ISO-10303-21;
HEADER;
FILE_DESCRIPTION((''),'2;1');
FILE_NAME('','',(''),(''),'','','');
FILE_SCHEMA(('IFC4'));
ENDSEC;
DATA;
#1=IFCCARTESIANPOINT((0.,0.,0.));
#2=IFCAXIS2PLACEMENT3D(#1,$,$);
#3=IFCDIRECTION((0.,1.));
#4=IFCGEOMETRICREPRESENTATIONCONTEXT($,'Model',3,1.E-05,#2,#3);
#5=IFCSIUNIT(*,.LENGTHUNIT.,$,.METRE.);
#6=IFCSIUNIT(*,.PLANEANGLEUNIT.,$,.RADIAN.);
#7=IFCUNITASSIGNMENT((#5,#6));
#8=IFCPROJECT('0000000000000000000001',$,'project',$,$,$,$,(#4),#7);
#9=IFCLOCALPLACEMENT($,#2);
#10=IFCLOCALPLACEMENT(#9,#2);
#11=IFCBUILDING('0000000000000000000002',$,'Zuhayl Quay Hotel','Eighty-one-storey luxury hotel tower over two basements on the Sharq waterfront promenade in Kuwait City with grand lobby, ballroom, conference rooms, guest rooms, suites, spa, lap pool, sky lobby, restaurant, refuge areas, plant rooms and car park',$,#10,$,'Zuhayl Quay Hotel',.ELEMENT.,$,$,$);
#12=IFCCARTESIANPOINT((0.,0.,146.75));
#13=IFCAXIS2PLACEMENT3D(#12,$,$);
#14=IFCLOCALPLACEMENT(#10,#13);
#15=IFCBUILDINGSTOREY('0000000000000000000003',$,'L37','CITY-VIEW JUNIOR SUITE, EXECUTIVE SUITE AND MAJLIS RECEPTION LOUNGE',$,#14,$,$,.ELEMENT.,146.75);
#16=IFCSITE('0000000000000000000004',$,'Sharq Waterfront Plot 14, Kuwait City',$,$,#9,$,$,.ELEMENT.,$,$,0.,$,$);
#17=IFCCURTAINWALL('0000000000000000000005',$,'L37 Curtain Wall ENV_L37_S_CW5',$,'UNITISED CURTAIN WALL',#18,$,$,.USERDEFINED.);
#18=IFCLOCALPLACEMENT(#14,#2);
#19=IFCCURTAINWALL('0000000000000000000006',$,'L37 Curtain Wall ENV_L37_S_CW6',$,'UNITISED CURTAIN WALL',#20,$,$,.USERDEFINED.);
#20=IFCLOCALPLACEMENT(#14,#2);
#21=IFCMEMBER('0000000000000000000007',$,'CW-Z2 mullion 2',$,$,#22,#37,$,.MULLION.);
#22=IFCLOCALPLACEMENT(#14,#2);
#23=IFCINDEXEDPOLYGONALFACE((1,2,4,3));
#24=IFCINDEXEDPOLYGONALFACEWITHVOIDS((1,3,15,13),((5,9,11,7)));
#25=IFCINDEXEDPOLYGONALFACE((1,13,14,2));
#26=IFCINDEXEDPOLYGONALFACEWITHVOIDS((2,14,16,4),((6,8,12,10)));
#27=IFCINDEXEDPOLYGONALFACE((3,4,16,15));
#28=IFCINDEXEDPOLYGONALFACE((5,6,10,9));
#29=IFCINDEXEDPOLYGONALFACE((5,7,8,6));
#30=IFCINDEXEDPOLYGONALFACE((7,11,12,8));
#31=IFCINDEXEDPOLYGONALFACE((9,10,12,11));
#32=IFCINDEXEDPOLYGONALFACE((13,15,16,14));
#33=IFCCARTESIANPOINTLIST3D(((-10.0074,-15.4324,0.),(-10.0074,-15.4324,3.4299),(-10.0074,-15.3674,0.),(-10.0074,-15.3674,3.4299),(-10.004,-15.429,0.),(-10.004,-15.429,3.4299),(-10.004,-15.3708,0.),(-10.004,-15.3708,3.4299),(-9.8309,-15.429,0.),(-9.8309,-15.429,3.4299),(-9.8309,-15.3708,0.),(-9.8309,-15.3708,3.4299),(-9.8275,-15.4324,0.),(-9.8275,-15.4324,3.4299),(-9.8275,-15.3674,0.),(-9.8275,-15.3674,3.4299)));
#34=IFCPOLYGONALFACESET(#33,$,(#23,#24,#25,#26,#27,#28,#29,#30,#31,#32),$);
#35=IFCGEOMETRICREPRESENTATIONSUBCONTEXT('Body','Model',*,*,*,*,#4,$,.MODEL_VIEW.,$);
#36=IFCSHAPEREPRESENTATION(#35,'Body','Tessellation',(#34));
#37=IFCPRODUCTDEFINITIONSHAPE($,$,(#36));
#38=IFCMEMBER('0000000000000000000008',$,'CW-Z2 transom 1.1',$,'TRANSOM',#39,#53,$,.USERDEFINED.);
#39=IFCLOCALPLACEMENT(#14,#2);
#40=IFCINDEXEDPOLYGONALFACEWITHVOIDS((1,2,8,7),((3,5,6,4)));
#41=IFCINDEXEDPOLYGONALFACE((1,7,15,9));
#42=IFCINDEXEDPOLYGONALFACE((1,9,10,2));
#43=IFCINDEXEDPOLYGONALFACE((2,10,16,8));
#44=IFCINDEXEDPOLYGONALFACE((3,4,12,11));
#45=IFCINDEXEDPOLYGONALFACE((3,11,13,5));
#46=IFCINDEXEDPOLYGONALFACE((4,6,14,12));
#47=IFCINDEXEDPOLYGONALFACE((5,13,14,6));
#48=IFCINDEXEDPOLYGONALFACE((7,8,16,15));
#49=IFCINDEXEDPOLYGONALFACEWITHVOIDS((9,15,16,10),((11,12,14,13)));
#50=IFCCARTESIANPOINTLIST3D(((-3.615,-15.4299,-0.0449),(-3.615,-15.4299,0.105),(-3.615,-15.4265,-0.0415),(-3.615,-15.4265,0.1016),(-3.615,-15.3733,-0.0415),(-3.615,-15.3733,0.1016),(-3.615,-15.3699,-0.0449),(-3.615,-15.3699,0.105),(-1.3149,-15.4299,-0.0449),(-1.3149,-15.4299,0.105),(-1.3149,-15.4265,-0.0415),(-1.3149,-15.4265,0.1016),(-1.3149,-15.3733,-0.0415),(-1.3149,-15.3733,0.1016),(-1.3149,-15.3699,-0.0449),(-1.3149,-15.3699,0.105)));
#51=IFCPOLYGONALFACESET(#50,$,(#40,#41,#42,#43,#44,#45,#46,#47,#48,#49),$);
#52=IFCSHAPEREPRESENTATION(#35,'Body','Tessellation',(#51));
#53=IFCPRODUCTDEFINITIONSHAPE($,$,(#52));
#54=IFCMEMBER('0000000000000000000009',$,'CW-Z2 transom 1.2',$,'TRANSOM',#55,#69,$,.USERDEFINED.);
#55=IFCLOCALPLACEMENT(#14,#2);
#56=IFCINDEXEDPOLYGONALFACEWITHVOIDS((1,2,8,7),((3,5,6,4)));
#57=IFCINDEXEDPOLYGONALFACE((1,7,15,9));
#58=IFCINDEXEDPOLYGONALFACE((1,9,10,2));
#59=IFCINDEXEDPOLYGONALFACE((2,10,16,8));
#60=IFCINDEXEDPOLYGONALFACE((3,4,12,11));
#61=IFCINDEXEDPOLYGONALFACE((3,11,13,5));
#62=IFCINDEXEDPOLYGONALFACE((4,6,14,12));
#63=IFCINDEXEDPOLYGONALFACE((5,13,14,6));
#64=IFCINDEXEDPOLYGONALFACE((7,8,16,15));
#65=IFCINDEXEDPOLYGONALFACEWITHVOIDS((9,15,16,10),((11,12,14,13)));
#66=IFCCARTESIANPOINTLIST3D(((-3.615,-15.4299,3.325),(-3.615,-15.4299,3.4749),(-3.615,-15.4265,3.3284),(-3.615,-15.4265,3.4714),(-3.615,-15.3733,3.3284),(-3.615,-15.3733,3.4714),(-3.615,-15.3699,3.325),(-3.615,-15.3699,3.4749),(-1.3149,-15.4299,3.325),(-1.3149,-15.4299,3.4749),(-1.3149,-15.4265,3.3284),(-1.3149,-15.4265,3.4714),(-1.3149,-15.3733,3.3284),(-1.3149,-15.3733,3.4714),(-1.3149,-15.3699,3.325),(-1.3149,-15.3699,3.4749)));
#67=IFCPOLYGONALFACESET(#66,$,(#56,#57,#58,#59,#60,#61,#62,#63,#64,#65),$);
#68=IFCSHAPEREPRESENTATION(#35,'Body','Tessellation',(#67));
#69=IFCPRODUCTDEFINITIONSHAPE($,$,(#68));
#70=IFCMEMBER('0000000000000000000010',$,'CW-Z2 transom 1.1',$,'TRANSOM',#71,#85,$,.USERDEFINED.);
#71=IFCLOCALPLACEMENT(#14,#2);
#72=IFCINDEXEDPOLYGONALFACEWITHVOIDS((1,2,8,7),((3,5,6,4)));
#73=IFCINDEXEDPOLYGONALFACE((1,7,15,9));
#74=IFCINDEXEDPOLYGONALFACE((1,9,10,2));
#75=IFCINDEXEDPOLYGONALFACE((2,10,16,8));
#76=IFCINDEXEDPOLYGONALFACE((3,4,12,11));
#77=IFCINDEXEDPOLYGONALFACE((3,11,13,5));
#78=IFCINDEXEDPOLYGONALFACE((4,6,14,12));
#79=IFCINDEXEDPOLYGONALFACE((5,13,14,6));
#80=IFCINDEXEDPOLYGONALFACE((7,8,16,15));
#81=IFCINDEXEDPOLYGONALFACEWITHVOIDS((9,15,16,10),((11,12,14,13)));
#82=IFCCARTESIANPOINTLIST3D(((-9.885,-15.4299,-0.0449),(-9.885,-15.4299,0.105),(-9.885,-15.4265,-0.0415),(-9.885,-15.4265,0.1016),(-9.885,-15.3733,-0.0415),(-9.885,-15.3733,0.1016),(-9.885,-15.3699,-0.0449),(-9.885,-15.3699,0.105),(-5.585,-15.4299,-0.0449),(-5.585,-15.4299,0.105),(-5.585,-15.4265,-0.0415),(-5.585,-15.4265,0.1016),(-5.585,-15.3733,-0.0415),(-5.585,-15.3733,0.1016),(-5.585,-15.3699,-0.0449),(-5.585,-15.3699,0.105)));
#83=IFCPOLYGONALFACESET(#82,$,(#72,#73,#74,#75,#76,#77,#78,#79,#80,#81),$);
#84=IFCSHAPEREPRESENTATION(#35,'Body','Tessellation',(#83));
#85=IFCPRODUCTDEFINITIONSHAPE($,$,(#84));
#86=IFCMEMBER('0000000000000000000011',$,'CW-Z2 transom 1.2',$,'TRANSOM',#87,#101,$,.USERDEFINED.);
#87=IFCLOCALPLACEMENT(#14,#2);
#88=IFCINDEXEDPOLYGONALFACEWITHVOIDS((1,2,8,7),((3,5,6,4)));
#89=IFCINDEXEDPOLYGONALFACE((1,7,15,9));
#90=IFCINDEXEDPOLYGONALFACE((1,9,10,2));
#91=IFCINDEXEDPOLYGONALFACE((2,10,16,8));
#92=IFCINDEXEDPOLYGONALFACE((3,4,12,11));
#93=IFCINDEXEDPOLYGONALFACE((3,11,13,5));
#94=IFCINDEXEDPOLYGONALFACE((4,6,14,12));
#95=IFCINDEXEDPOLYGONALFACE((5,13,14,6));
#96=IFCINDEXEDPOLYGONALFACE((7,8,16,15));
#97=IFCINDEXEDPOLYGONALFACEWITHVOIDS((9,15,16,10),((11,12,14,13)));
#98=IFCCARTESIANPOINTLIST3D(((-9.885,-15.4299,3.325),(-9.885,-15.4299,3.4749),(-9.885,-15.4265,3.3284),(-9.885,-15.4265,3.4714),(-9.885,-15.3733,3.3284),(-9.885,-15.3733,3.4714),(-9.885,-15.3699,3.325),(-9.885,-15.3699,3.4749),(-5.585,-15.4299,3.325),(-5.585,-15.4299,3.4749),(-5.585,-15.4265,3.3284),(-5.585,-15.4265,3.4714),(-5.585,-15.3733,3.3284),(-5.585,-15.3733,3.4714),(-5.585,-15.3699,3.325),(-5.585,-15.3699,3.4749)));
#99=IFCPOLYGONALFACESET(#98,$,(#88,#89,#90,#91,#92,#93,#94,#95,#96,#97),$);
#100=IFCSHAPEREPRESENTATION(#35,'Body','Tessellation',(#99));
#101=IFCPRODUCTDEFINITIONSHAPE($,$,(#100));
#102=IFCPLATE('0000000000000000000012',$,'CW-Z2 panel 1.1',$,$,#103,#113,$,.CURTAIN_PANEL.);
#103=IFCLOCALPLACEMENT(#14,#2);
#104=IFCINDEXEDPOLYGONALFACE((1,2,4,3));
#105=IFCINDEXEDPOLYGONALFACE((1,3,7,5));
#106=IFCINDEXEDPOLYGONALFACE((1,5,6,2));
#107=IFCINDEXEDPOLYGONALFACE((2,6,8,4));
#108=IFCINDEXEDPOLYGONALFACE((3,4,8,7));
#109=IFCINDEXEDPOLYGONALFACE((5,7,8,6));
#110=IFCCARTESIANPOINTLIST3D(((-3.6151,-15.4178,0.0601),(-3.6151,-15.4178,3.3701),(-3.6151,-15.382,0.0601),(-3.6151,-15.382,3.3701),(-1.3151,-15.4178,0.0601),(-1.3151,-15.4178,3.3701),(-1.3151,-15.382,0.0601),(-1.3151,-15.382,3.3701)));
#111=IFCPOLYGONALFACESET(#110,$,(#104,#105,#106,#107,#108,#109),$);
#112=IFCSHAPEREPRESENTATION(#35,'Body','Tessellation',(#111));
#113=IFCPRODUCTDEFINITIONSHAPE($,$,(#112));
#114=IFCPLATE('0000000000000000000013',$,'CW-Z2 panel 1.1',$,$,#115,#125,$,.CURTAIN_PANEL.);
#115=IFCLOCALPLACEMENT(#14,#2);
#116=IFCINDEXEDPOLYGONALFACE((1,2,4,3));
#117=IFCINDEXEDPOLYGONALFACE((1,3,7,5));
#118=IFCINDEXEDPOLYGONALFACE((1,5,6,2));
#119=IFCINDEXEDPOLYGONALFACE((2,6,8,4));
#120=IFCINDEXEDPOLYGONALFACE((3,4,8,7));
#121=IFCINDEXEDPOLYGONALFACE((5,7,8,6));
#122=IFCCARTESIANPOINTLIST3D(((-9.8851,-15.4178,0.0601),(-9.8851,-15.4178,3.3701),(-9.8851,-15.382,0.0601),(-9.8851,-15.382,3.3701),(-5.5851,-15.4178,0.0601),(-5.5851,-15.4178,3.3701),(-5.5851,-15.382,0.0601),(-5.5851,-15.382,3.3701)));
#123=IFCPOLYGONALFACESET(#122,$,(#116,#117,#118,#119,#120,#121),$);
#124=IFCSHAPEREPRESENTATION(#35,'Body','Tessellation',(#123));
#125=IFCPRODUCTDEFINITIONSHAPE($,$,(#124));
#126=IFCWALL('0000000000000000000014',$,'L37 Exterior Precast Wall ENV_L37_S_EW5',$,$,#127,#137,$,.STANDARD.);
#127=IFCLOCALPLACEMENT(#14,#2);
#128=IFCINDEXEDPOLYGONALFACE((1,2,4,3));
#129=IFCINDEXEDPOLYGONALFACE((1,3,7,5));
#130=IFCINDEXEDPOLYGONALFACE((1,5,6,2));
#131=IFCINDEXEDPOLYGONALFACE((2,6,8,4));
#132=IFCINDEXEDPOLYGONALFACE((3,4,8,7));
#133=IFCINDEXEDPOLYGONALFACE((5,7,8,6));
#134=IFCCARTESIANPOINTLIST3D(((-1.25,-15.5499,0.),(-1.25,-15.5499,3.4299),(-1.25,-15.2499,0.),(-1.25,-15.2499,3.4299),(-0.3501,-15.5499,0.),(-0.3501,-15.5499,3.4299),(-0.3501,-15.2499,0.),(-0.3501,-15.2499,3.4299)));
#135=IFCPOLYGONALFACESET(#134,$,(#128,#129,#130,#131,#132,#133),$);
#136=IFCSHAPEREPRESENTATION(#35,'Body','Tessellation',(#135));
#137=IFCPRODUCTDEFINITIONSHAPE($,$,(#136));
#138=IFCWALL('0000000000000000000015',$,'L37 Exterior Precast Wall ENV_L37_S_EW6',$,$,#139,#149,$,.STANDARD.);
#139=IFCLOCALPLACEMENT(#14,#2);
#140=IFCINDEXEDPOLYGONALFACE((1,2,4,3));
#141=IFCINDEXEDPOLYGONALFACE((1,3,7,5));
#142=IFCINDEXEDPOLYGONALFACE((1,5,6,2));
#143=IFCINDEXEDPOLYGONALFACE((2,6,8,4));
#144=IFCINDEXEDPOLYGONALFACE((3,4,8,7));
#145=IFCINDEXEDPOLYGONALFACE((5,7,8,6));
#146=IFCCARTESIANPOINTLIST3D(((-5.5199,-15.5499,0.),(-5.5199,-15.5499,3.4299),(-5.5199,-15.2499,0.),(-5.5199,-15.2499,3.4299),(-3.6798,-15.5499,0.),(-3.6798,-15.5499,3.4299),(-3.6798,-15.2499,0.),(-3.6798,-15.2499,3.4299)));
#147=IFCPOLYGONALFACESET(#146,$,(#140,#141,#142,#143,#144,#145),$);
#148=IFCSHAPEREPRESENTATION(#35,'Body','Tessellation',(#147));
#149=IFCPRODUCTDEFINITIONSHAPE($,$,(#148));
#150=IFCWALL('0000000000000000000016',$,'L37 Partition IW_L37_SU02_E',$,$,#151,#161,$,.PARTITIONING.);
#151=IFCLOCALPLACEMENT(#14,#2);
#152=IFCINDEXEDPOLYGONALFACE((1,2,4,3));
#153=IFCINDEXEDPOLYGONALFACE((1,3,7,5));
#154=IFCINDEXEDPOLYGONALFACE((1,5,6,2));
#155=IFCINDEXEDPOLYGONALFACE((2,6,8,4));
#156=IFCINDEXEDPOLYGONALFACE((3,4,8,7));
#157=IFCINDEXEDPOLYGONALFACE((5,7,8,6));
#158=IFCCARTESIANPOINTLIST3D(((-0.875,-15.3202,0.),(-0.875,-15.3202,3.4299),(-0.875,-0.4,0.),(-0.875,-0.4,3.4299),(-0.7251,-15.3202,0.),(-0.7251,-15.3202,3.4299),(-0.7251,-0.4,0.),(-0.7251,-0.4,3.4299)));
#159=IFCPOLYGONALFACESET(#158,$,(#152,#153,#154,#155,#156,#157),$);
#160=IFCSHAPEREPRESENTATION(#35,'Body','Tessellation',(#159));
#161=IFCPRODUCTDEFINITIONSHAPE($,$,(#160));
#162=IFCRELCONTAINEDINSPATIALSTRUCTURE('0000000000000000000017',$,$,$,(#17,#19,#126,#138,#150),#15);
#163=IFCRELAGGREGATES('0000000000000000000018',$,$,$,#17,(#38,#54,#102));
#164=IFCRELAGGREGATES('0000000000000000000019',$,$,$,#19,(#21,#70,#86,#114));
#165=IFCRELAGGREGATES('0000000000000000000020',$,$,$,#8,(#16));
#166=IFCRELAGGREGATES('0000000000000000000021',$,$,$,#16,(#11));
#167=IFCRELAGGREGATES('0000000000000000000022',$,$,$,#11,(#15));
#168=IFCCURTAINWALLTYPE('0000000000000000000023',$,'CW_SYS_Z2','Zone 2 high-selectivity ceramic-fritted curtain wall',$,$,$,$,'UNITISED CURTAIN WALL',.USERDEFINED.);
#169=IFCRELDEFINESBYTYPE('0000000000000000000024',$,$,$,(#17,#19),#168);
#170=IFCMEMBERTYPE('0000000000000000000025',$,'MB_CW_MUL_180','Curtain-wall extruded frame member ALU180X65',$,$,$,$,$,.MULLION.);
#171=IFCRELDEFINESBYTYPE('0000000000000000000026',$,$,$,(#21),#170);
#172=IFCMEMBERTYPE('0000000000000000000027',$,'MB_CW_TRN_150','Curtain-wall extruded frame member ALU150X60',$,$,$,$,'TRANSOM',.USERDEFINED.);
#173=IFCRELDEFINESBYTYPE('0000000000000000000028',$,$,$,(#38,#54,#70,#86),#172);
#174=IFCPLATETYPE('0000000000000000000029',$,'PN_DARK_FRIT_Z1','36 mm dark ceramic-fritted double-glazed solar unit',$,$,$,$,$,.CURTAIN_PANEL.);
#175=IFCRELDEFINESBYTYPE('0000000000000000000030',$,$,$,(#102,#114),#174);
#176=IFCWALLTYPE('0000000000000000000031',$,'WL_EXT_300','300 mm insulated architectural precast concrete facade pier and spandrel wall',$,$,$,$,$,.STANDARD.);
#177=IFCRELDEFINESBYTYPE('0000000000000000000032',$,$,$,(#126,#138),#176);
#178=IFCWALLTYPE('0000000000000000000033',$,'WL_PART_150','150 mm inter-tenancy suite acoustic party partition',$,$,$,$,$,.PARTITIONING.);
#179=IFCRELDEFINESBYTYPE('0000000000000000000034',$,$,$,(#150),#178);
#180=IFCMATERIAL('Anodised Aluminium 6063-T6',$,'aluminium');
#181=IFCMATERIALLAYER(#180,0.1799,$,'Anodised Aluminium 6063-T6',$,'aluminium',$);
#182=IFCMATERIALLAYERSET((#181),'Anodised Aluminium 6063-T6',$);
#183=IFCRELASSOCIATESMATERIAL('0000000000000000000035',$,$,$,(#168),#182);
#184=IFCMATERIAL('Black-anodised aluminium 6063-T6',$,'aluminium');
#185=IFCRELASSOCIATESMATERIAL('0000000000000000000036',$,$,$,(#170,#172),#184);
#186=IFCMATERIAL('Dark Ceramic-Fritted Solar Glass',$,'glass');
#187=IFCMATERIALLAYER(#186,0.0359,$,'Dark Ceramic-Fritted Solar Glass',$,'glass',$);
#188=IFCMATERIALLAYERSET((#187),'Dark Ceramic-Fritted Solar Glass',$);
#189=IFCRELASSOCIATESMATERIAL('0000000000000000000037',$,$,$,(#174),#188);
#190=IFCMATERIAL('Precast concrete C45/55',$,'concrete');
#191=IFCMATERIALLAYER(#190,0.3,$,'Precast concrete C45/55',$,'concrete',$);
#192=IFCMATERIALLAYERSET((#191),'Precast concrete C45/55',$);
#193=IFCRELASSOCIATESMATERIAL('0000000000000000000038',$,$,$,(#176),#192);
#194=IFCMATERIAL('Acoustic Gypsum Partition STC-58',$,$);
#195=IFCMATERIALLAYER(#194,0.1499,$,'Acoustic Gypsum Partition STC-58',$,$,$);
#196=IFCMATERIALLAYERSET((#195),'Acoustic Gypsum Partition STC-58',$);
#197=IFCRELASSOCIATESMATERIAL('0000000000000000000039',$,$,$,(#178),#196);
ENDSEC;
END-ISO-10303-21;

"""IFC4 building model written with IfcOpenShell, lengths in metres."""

from ifc_helpers import new_model, si_unit, direction, frame, frame_2d, origin, origin_2d, place, context, subcontext, project, spatial, rectangle, hollow_rectangle, extrude, material, layer, layer_set, material_profile, profile_set, type_object, element, aggregate, save


model = new_model("IFC4")

# Units and contexts
model_context = context("Model", 3, precision=1e-05, world=origin(), true_north=direction((0.0, 1.0)))
body_context = subcontext(model_context, "Body", "Model", "MODEL_VIEW")
ifc_project = project(units=[si_unit("LENGTHUNIT", "METRE"), si_unit("PLANEANGLEUNIT", "RADIAN")], contexts=[model_context])

# Site, building, storey
site_placement = place(None, origin())
site = spatial("IfcSite", under=ifc_project, at=site_placement, Name="Sharq Waterfront Plot 14, Kuwait City", CompositionType="ELEMENT", RefElevation=0.0)
building_placement = place(site_placement, origin())
building = spatial("IfcBuilding", under=site, at=building_placement, Name="Zuhayl Quay Hotel", Description="Eighty-one-storey luxury hotel tower over two basements on the Sharq waterfront promenade in Kuwait City with grand lobby, ballroom, conference rooms, guest rooms, suites, spa, lap pool, sky lobby, restaurant, refuge areas, plant rooms and car park", LongName="Zuhayl Quay Hotel", CompositionType="ELEMENT")
storey_placement = place(building_placement, frame((0.0, 0.0, 146.75)))
storey = spatial("IfcBuildingStorey", under=building, at=storey_placement, Name="L37", Description="CITY-VIEW JUNIOR SUITE, EXECUTIVE SUITE AND MAJLIS RECEPTION LOUNGE", CompositionType="ELEMENT", Elevation=146.75)

# Shared definitions
ifc_material_1 = material(Name="Anodised Aluminium 6063-T6", Category="aluminium")
ifc_layer_1 = layer(ifc_material_1, 0.1799, Name="Anodised Aluminium 6063-T6", Category="aluminium")
ifc_layer_set_1 = layer_set([ifc_layer_1], Name="Anodised Aluminium 6063-T6")
curtain_wall_type = type_object("IfcCurtainWallType", Name="CW_SYS_Z2", Description="Zone 2 high-selectivity ceramic-fritted curtain wall", ElementType="UNITISED CURTAIN WALL", PredefinedType="USERDEFINED", material=ifc_layer_set_1)
ifc_material_2 = material(Name="Black-anodised aluminium 6063-T6", Category="aluminium")
ifc_material_profile_1 = material_profile(ifc_material_2, hollow_rectangle(XDim=0.0649, YDim=0.1799, WallThickness=0.0034, at=origin_2d()), Name="ALU180X65")
ifc_profile_set_1 = profile_set([ifc_material_profile_1], Name="Black-anodised aluminium 6063-T6")
member_type_1 = type_object("IfcMemberType", Name="MB_CW_MUL_180", Description="Curtain-wall extruded frame member ALU180X65", PredefinedType="MULLION", material=ifc_profile_set_1)

# Curtain walls, member
curtain_wall_1_placement = place(storey_placement, origin())
curtain_wall_1 = element("IfcCurtainWall", 1, at=curtain_wall_1_placement, inside=storey, type_object=curtain_wall_type, Name="L37 Curtain Wall ENV_L37_S_CW5", ObjectType="UNITISED CURTAIN WALL", PredefinedType="USERDEFINED")
curtain_wall_2_placement = place(storey_placement, origin())
curtain_wall_2 = element("IfcCurtainWall", 2, at=curtain_wall_2_placement, inside=storey, type_object=curtain_wall_type, Name="L37 Curtain Wall ENV_L37_S_CW6", ObjectType="UNITISED CURTAIN WALL", PredefinedType="USERDEFINED")
member_1_placement = place(storey_placement, frame((-9.9175, -15.3999, 0.0), z_axis=(0.0, 0.0, 1.0), x_axis=(0.0, -1.0, 0.0)))
member_1 = element("IfcMember", 3, at=member_1_placement, type_object=member_type_1, Name="CW-Z2 mullion 2", PredefinedType="MULLION", context=body_context, shape_type="SweptSolid", body=[
    extrude(hollow_rectangle(XDim=0.0649, YDim=0.1799, WallThickness=0.0034, at=origin_2d()), origin(), (0.0, 0.0, 1.0), 3.4299),
])

# Members
ifc_material_profile_2 = material_profile(ifc_material_2, hollow_rectangle(XDim=0.0601, YDim=0.1499, WallThickness=0.0034, at=origin_2d()), Name="ALU150X60")
ifc_profile_set_2 = profile_set([ifc_material_profile_2], Name="Black-anodised aluminium 6063-T6")
member_type_2 = type_object("IfcMemberType", Name="MB_CW_TRN_150", Description="Curtain-wall extruded frame member ALU150X60", ElementType="TRANSOM", PredefinedType="USERDEFINED", material=ifc_profile_set_2)
member_2_placement = place(storey_placement, frame((-1.3149, -15.3999, 0.03), z_axis=(-1.0, 0.0, 0.0), x_axis=(0.0, -1.0, 0.0)))
member_2 = element("IfcMember", 4, at=member_2_placement, type_object=member_type_2, Name="CW-Z2 transom 1.1", ObjectType="TRANSOM", PredefinedType="USERDEFINED", context=body_context, shape_type="SweptSolid", body=[
    extrude(hollow_rectangle(XDim=0.0601, YDim=0.1499, WallThickness=0.0034, at=origin_2d()), origin(), (0.0, 0.0, 1.0), 2.3),
])
member_3_placement = place(storey_placement, frame((-1.3149, -15.3999, 3.3999), z_axis=(-1.0, 0.0, 0.0), x_axis=(0.0, -1.0, 0.0)))
member_3 = element("IfcMember", 5, at=member_3_placement, type_object=member_type_2, Name="CW-Z2 transom 1.2", ObjectType="TRANSOM", PredefinedType="USERDEFINED", context=body_context, shape_type="SweptSolid", body=[
    extrude(hollow_rectangle(XDim=0.0601, YDim=0.1499, WallThickness=0.0034, at=origin_2d()), origin(), (0.0, 0.0, 1.0), 2.3),
])
member_4_placement = place(storey_placement, frame((-5.585, -15.3999, 0.03), z_axis=(-1.0, 0.0, 0.0), x_axis=(0.0, -1.0, 0.0)))
member_4 = element("IfcMember", 6, at=member_4_placement, type_object=member_type_2, Name="CW-Z2 transom 1.1", ObjectType="TRANSOM", PredefinedType="USERDEFINED", context=body_context, shape_type="SweptSolid", body=[
    extrude(hollow_rectangle(XDim=0.0601, YDim=0.1499, WallThickness=0.0034, at=origin_2d()), origin(), (0.0, 0.0, 1.0), 4.3),
])
member_5_placement = place(storey_placement, frame((-5.585, -15.3999, 3.3999), z_axis=(-1.0, 0.0, 0.0), x_axis=(0.0, -1.0, 0.0)))
member_5 = element("IfcMember", 7, at=member_5_placement, type_object=member_type_2, Name="CW-Z2 transom 1.2", ObjectType="TRANSOM", PredefinedType="USERDEFINED", context=body_context, shape_type="SweptSolid", body=[
    extrude(hollow_rectangle(XDim=0.0601, YDim=0.1499, WallThickness=0.0034, at=origin_2d()), origin(), (0.0, 0.0, 1.0), 4.3),
])

# Plates
ifc_material_3 = material(Name="Dark Ceramic-Fritted Solar Glass", Category="glass")
ifc_layer_2 = layer(ifc_material_3, 0.0359, Name="Dark Ceramic-Fritted Solar Glass", Category="glass")
ifc_layer_set_2 = layer_set([ifc_layer_2], Name="Dark Ceramic-Fritted Solar Glass")
plate_type = type_object("IfcPlateType", Name="PN_DARK_FRIT_Z1", Description="36 mm dark ceramic-fritted double-glazed solar unit", PredefinedType="CURTAIN_PANEL", material=ifc_layer_set_2)
plate_1_placement = place(storey_placement, frame((-2.4651, -15.3999, 0.0601), z_axis=(0.0, 0.0, 1.0), x_axis=(-1.0, 0.0, 0.0)))
plate_1 = element("IfcPlate", 8, at=plate_1_placement, type_object=plate_type, Name="CW-Z2 panel 1.1", PredefinedType="CURTAIN_PANEL", context=body_context, shape_type="SweptSolid", body=[
    extrude(rectangle(XDim=2.3, YDim=0.0359, at=origin_2d()), origin(), (0.0, 0.0, 1.0), 3.3101),
])
aggregate(curtain_wall_1, [member_2, member_3, plate_1])
plate_2_placement = place(storey_placement, frame((-7.7351, -15.3999, 0.0601), z_axis=(0.0, 0.0, 1.0), x_axis=(-1.0, 0.0, 0.0)))
plate_2 = element("IfcPlate", 9, at=plate_2_placement, type_object=plate_type, Name="CW-Z2 panel 1.1", PredefinedType="CURTAIN_PANEL", context=body_context, shape_type="SweptSolid", body=[
    extrude(rectangle(XDim=4.3, YDim=0.0359, at=origin_2d()), origin(), (0.0, 0.0, 1.0), 3.3101),
])
aggregate(curtain_wall_2, [member_1, member_4, member_5, plate_2])

# Walls
ifc_material_4 = material(Name="Precast concrete C45/55", Category="concrete")
ifc_layer_3 = layer(ifc_material_4, 0.3, Name="Precast concrete C45/55", Category="concrete")
ifc_layer_set_3 = layer_set([ifc_layer_3], Name="Precast concrete C45/55")
wall_type_1 = type_object("IfcWallType", Name="WL_EXT_300", Description="300 mm insulated architectural precast concrete facade pier and spandrel wall", PredefinedType="STANDARD", material=ifc_layer_set_3)
wall_1_placement = place(storey_placement, frame((-0.3501, -15.3999, 0.0), z_axis=(0.0, 0.0, 1.0), x_axis=(-1.0, 0.0, 0.0)))
element("IfcWall", 10, at=wall_1_placement, inside=storey, type_object=wall_type_1, Name="L37 Exterior Precast Wall ENV_L37_S_EW5", PredefinedType="STANDARD", context=body_context, shape_type="SweptSolid", body=[
    extrude(rectangle(XDim=0.8999, YDim=0.3, at=frame_2d((0.45, 0.0))), origin(), (0.0, 0.0, 1.0), 3.4299),
])
wall_2_placement = place(storey_placement, frame((-3.6799, -15.3999, 0.0), z_axis=(0.0, 0.0, 1.0), x_axis=(-1.0, 0.0, 0.0)))
element("IfcWall", 11, at=wall_2_placement, inside=storey, type_object=wall_type_1, Name="L37 Exterior Precast Wall ENV_L37_S_EW6", PredefinedType="STANDARD", context=body_context, shape_type="SweptSolid", body=[
    extrude(rectangle(XDim=1.8401, YDim=0.3, at=frame_2d((0.9199, 0.0))), origin(), (0.0, 0.0, 1.0), 3.4299),
])
ifc_material_5 = material(Name="Acoustic Gypsum Partition STC-58")
ifc_layer_4 = layer(ifc_material_5, 0.1499, Name="Acoustic Gypsum Partition STC-58")
ifc_layer_set_4 = layer_set([ifc_layer_4], Name="Acoustic Gypsum Partition STC-58")
wall_type_2 = type_object("IfcWallType", Name="WL_PART_150", Description="150 mm inter-tenancy suite acoustic party partition", PredefinedType="PARTITIONING", material=ifc_layer_set_4)
wall_3_placement = place(storey_placement, frame((-0.8, -15.3201, 0.0), z_axis=(0.0, 0.0, 1.0), x_axis=(0.0, 1.0, 0.0)))
element("IfcWall", 12, at=wall_3_placement, inside=storey, type_object=wall_type_2, Name="L37 Partition IW_L37_SU02_E", PredefinedType="PARTITIONING", context=body_context, shape_type="SweptSolid", body=[
    extrude(rectangle(XDim=14.9202, YDim=0.1499, at=frame_2d((7.46, 0.0))), origin(), (0.0, 0.0, 1.0), 3.4299),
])

save(model, "model.ifc")
